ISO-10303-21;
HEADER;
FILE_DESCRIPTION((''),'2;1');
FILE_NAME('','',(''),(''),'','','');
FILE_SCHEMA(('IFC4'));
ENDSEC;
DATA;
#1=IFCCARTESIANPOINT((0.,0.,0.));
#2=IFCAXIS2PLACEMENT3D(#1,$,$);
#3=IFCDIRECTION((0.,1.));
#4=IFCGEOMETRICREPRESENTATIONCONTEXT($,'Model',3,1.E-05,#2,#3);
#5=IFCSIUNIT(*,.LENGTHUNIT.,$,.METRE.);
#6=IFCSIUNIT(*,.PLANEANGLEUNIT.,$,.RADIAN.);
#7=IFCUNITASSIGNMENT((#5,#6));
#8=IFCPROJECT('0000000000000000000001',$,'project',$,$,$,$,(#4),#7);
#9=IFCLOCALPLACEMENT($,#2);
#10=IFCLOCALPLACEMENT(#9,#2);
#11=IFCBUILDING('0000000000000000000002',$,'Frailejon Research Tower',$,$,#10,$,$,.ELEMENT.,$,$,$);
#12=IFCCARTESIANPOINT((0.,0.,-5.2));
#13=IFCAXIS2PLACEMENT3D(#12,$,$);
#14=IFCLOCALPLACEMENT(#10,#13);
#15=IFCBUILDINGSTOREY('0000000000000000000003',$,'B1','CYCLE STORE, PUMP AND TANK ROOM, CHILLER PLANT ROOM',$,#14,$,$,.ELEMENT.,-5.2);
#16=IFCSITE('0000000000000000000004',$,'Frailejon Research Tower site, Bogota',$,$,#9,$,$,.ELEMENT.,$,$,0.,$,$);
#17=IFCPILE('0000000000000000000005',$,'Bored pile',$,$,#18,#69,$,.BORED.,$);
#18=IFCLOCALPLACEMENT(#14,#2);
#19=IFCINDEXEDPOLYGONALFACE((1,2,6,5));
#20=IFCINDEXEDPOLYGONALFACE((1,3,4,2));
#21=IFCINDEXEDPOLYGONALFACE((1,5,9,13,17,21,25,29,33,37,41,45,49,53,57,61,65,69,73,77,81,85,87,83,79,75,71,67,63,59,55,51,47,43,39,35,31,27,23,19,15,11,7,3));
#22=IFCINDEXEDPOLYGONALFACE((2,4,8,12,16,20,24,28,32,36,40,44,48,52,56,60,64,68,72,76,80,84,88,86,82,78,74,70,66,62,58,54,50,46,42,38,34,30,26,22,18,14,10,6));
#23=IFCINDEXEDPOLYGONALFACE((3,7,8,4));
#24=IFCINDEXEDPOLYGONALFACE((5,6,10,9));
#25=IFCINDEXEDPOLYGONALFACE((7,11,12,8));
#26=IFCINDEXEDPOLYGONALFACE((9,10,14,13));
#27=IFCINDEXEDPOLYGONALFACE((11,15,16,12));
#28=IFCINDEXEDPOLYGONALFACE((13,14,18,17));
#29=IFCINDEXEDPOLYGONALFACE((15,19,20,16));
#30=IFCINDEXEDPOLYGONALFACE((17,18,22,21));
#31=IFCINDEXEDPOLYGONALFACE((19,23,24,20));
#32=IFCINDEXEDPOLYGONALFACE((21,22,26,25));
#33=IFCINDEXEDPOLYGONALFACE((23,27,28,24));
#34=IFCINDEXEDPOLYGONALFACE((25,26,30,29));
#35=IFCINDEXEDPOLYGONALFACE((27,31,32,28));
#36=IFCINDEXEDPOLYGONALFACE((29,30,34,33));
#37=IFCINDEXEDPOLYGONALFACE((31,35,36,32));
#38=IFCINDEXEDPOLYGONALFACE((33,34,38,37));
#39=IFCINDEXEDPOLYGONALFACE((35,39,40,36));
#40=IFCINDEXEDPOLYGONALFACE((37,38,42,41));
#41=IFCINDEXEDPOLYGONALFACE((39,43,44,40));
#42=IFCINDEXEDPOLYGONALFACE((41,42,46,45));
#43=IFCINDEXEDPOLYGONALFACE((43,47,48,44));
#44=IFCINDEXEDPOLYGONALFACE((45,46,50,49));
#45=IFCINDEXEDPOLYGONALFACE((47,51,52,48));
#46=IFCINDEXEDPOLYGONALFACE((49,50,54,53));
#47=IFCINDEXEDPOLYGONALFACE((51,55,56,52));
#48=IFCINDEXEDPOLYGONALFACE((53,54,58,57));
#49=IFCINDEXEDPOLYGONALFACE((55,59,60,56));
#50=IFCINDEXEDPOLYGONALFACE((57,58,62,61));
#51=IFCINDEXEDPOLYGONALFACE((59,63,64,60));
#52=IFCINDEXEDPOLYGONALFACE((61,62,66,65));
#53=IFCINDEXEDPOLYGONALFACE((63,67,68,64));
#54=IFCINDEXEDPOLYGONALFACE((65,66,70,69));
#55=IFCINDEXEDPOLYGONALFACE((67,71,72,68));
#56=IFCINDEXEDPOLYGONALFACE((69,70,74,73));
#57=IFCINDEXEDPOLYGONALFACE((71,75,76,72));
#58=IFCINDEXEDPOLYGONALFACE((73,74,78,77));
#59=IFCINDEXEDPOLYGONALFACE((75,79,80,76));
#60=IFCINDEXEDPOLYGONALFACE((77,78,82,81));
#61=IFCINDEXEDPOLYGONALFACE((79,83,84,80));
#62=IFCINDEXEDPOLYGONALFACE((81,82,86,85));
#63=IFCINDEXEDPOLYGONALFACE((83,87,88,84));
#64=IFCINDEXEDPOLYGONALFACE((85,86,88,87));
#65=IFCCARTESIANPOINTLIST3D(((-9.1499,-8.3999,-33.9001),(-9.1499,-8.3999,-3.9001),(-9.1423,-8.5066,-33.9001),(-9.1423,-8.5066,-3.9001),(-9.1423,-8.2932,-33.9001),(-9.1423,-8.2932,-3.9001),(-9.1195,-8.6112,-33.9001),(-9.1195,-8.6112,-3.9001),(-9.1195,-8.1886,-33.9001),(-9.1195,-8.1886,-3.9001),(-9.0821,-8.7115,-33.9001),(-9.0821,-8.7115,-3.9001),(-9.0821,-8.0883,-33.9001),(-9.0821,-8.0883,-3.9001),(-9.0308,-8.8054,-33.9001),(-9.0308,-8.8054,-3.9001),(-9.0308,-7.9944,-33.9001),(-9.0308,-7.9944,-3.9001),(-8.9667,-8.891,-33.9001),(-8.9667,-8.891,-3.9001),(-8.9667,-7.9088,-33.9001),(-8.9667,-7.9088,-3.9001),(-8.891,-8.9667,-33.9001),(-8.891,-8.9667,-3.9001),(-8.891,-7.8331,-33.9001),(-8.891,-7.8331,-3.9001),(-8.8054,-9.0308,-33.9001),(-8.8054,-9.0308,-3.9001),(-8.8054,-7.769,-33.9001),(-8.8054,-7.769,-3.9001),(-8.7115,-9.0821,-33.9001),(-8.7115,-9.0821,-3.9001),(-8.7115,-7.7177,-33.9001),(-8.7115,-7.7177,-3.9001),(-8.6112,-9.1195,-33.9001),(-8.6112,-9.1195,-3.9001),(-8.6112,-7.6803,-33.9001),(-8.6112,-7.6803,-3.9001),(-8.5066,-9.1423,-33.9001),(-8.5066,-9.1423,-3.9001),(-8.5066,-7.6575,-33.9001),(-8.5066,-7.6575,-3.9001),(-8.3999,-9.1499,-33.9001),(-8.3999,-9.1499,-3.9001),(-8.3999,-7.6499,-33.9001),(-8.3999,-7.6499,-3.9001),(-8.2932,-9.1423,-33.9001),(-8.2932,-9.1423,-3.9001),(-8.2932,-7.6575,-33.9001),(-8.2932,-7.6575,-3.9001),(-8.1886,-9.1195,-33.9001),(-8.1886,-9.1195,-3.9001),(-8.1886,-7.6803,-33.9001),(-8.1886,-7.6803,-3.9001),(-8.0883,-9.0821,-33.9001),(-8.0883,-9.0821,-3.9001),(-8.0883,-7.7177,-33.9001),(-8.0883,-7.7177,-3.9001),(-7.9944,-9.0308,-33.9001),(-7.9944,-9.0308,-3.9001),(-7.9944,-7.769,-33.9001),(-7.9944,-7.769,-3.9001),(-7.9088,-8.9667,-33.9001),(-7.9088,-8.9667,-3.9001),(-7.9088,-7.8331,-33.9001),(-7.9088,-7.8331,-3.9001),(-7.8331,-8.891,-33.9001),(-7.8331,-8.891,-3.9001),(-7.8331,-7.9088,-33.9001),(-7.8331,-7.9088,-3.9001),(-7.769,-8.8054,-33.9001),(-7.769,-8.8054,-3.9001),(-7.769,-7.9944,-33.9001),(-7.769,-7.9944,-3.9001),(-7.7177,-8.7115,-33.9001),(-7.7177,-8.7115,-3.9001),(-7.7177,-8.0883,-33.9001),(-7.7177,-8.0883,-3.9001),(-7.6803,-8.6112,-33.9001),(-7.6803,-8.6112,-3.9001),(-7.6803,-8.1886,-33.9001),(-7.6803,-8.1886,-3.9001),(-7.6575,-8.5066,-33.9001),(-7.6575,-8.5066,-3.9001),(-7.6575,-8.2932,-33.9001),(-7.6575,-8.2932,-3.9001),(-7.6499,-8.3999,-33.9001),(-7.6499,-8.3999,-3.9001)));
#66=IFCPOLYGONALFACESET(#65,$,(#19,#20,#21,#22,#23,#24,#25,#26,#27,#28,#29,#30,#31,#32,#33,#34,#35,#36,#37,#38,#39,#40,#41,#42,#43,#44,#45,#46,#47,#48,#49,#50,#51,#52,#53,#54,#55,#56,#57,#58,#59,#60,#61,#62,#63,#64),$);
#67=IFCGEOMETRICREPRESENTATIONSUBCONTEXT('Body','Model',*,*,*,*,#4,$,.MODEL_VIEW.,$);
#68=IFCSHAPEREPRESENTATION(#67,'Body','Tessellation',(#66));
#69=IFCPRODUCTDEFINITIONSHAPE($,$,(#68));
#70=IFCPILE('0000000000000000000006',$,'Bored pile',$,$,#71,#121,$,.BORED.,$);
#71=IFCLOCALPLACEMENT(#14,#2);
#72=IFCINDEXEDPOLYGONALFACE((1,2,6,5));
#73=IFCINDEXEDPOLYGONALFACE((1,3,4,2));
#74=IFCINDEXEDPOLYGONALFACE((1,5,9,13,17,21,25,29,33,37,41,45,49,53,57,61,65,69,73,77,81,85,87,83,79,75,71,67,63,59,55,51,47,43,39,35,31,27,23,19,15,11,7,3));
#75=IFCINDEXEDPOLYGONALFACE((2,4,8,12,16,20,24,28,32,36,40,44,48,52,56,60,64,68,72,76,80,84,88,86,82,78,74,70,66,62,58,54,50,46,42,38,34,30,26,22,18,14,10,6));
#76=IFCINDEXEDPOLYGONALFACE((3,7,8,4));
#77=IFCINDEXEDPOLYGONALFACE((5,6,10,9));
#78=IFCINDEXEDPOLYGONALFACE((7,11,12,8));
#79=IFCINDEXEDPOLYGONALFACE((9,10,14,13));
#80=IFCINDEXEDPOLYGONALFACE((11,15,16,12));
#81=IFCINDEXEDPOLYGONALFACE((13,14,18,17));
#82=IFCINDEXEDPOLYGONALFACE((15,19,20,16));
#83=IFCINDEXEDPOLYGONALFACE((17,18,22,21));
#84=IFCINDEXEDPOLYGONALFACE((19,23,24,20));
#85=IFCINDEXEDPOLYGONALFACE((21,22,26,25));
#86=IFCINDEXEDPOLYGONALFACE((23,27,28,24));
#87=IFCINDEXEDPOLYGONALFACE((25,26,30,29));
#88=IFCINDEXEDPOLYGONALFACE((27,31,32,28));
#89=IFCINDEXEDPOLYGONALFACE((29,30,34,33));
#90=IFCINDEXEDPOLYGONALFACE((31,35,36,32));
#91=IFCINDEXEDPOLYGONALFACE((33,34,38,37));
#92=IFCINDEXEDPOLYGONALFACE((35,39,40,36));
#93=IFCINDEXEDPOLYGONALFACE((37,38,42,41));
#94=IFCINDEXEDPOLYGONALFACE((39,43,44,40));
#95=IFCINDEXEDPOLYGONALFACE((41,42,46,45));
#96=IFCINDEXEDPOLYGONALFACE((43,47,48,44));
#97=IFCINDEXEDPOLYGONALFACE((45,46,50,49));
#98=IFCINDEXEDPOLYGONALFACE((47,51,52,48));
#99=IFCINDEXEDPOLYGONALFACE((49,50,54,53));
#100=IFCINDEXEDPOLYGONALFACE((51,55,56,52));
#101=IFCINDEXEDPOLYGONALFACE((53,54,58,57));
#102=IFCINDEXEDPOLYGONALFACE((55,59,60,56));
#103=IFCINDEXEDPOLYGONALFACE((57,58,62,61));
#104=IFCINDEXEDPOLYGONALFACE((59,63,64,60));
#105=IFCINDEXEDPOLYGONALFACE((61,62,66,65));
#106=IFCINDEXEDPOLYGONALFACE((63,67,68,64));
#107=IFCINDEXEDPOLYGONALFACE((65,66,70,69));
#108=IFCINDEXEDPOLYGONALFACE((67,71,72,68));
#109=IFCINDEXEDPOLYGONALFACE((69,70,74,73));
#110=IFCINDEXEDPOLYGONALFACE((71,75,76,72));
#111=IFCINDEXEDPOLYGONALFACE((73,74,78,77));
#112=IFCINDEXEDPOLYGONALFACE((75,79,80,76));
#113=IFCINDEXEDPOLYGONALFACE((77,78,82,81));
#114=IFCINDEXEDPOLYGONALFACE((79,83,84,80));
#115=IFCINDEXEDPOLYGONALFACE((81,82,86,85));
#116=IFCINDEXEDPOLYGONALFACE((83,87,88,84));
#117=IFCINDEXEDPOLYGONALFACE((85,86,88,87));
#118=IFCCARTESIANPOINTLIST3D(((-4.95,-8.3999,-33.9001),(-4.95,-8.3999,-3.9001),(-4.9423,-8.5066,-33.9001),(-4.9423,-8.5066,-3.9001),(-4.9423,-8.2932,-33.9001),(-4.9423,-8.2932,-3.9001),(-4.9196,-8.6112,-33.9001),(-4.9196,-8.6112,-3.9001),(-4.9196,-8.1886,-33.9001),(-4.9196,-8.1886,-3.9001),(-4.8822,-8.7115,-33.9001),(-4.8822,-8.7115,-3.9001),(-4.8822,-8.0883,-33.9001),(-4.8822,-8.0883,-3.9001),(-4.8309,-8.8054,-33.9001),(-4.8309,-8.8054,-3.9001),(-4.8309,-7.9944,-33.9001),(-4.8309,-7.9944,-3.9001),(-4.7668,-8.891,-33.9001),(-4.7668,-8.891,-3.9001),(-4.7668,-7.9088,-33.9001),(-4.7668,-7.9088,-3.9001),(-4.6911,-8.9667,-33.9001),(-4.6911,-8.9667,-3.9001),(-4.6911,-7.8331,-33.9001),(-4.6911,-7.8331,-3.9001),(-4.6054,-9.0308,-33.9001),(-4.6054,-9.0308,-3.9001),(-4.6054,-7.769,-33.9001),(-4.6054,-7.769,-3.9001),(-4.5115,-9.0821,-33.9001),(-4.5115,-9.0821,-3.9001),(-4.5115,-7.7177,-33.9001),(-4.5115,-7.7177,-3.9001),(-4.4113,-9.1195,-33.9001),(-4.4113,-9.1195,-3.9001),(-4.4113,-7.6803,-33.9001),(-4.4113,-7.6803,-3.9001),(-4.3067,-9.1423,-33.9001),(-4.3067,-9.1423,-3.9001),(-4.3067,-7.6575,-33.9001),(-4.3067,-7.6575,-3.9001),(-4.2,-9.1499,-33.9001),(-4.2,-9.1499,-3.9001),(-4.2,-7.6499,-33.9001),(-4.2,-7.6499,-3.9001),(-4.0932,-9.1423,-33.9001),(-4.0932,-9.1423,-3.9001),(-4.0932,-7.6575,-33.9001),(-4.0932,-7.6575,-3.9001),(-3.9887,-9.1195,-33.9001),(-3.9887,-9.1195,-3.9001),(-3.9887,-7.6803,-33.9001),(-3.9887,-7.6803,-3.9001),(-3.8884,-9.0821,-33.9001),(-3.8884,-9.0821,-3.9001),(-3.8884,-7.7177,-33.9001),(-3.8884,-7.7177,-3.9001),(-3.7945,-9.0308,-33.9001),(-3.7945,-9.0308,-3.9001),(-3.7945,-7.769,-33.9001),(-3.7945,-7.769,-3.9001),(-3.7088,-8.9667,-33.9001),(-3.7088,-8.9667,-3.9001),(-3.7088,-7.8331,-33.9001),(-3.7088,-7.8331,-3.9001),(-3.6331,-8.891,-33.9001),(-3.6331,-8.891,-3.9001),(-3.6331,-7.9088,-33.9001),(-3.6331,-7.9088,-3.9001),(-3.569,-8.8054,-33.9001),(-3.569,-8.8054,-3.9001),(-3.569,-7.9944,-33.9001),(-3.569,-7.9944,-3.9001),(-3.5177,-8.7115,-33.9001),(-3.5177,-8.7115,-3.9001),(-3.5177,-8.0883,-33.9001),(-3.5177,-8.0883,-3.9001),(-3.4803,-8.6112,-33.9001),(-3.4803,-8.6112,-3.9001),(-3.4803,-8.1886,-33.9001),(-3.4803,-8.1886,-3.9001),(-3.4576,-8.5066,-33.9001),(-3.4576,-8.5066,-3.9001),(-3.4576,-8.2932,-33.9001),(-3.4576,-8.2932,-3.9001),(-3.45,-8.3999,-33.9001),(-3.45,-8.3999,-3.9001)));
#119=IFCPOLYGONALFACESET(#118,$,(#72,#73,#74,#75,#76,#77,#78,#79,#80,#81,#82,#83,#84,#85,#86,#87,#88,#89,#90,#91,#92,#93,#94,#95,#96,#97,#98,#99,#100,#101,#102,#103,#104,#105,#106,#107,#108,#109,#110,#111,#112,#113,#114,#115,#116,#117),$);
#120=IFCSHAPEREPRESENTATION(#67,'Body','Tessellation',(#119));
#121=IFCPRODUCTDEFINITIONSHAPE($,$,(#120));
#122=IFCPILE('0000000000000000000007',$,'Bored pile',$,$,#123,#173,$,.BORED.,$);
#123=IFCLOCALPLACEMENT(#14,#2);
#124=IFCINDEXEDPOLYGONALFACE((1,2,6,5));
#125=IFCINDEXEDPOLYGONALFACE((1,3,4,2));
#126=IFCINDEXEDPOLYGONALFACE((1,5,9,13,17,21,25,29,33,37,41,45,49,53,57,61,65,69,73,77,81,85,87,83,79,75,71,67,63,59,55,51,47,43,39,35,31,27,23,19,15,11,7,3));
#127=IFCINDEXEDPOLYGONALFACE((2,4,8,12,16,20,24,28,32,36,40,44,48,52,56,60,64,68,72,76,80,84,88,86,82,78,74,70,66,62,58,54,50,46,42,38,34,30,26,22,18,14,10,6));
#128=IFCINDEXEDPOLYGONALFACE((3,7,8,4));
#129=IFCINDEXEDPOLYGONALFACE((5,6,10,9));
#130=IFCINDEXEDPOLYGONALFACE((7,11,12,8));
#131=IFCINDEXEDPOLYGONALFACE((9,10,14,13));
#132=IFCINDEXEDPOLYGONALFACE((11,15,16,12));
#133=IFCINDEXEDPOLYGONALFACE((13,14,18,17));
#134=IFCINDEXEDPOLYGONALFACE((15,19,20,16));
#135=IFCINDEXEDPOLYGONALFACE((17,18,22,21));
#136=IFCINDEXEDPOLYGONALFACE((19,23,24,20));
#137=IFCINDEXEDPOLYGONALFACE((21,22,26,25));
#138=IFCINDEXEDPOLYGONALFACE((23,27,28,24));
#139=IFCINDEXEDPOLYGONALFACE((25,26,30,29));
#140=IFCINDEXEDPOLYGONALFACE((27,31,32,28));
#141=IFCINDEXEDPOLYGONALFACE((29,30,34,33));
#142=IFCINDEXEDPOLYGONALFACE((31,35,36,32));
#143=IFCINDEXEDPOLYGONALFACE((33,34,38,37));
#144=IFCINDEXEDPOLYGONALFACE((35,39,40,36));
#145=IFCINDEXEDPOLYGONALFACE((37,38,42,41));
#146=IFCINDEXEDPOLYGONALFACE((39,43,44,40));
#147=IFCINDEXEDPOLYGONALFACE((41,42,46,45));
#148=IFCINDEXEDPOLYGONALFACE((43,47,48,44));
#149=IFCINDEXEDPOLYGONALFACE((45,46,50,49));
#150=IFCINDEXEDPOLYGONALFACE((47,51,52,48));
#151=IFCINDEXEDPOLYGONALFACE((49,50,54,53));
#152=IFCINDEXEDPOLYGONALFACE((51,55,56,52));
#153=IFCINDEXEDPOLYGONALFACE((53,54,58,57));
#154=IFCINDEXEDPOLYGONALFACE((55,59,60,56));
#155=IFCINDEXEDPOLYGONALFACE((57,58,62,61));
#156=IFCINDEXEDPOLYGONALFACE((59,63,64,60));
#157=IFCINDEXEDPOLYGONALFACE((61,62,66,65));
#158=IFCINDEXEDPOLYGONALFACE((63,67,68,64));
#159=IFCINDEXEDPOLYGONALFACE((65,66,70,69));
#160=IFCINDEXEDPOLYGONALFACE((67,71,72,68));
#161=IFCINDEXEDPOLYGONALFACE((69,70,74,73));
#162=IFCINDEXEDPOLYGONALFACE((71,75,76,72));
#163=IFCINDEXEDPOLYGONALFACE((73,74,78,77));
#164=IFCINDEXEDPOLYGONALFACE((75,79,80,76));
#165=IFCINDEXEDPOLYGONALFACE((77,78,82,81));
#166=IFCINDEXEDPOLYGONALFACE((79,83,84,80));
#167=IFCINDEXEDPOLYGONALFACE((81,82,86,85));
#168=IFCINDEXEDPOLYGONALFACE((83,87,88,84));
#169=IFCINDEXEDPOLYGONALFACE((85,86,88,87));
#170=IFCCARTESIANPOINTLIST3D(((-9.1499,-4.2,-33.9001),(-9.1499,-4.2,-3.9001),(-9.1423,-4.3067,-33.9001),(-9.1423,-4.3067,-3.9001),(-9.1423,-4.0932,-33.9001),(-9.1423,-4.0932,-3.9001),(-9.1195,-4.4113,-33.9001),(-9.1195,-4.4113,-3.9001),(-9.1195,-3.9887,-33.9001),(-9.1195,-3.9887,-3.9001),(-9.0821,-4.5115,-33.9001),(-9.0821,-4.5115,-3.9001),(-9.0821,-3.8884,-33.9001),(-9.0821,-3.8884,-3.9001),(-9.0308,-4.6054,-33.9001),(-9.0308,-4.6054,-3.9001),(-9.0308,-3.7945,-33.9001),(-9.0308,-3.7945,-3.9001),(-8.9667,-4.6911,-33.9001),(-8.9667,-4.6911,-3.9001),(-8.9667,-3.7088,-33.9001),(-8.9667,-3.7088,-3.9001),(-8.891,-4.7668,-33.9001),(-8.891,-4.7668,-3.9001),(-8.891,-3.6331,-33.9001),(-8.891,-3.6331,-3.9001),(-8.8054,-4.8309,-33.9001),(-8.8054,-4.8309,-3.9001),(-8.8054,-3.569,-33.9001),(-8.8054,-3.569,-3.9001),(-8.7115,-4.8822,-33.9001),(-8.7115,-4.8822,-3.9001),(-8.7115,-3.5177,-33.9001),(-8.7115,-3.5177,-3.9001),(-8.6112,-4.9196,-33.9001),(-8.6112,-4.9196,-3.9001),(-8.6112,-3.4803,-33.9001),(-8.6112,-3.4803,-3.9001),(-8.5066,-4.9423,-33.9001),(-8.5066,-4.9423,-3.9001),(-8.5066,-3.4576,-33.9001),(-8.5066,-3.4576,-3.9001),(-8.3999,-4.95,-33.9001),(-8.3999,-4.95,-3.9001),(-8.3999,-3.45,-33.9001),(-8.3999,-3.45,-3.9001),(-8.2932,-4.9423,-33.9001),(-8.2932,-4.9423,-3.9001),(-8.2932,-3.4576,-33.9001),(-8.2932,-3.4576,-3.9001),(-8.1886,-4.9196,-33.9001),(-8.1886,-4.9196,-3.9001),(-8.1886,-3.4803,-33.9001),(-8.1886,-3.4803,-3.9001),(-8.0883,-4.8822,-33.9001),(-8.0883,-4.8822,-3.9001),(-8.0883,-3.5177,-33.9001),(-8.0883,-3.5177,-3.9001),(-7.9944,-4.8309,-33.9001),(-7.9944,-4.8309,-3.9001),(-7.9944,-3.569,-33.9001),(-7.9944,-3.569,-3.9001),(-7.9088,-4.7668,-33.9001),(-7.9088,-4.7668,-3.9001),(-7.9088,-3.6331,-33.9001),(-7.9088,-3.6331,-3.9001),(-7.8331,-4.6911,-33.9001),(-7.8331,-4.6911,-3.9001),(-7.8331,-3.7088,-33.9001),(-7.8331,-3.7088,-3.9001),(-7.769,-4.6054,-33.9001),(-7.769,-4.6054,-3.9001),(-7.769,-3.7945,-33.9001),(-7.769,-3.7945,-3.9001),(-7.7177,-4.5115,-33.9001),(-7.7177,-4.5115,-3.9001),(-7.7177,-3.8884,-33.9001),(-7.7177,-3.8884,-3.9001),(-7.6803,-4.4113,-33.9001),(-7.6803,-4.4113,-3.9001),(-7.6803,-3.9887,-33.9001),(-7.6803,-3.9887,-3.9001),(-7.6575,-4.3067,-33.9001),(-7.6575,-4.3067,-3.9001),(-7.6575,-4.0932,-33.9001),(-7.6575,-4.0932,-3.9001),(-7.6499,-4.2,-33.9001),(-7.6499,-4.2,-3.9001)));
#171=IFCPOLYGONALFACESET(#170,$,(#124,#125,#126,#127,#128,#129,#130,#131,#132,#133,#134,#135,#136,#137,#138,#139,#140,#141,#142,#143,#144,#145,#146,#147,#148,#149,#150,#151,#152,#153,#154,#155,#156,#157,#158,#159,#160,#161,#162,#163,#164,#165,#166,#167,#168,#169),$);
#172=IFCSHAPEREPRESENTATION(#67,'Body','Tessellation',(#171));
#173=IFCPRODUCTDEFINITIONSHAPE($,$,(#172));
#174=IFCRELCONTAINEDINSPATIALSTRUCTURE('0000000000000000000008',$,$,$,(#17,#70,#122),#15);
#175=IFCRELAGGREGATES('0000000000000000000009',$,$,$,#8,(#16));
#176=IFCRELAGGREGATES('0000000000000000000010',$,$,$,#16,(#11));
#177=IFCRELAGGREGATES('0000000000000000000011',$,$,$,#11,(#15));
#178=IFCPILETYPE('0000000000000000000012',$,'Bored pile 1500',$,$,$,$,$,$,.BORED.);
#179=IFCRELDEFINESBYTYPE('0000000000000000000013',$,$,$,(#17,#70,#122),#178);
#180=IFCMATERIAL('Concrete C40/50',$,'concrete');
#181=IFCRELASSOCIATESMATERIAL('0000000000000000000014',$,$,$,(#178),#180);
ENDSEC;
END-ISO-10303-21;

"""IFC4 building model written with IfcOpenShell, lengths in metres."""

from ifc_helpers import new_model, si_unit, direction, frame, origin, origin_2d, place, context, subcontext, project, spatial, circle, extrude, material, material_profile, profile_set, type_object, element, save


model = new_model("IFC4")

# Units and contexts
model_context = context("Model", 3, precision=1e-05, world=origin(), true_north=direction((0.0, 1.0)))
body_context = subcontext(model_context, "Body", "Model", "MODEL_VIEW")
ifc_project = project(units=[si_unit("LENGTHUNIT", "METRE"), si_unit("PLANEANGLEUNIT", "RADIAN")], contexts=[model_context])

# Site, building, storey
site_placement = place(None, origin())
site = spatial("IfcSite", under=ifc_project, at=site_placement, Name="Frailejon Research Tower site, Bogota", CompositionType="ELEMENT", RefElevation=0.0)
building_placement = place(site_placement, origin())
building = spatial("IfcBuilding", under=site, at=building_placement, Name="Frailejon Research Tower", CompositionType="ELEMENT")
storey_placement = place(building_placement, frame((0.0, 0.0, -5.2)))
storey = spatial("IfcBuildingStorey", under=building, at=storey_placement, Name="B1", Description="CYCLE STORE, PUMP AND TANK ROOM, CHILLER PLANT ROOM", CompositionType="ELEMENT", Elevation=-5.2)

# Piles
ifc_material_1 = material(Name="Concrete C40/50", Category="concrete")
ifc_material_profile = material_profile(ifc_material_1, circle(Radius=0.75, at=origin_2d()), Name="Bored pile 1500")
ifc_profile_set = profile_set([ifc_material_profile], Name="Concrete C40/50")
pile_type = type_object("IfcPileType", Name="Bored pile 1500", PredefinedType="BORED", material=ifc_profile_set)
for number, where, z_axis, x_axis, name in (
    (1, (-8.3999, -8.3999, -3.9001), (0.0, 0.0, -1.0), (1.0, 0.0, 0.0), "Bored pile"),
    (2, (-4.2, -8.3999, -3.9001), (0.0, 0.0, -1.0), (1.0, 0.0, 0.0), "Bored pile"),
    (3, (-8.3999, -4.2, -3.9001), (0.0, 0.0, -1.0), (1.0, 0.0, 0.0), "Bored pile"),
):
    element("IfcPile", number, at=place(storey_placement, frame(where, z_axis=z_axis, x_axis=x_axis)), inside=storey, type_object=pile_type, Name=name, PredefinedType="BORED", context=body_context, shape_type="SweptSolid", body=[
        extrude(circle(Radius=0.75, at=origin_2d()), origin(), (0.0, 0.0, 1.0), 30.0),
    ])

save(model, "model.ifc")
